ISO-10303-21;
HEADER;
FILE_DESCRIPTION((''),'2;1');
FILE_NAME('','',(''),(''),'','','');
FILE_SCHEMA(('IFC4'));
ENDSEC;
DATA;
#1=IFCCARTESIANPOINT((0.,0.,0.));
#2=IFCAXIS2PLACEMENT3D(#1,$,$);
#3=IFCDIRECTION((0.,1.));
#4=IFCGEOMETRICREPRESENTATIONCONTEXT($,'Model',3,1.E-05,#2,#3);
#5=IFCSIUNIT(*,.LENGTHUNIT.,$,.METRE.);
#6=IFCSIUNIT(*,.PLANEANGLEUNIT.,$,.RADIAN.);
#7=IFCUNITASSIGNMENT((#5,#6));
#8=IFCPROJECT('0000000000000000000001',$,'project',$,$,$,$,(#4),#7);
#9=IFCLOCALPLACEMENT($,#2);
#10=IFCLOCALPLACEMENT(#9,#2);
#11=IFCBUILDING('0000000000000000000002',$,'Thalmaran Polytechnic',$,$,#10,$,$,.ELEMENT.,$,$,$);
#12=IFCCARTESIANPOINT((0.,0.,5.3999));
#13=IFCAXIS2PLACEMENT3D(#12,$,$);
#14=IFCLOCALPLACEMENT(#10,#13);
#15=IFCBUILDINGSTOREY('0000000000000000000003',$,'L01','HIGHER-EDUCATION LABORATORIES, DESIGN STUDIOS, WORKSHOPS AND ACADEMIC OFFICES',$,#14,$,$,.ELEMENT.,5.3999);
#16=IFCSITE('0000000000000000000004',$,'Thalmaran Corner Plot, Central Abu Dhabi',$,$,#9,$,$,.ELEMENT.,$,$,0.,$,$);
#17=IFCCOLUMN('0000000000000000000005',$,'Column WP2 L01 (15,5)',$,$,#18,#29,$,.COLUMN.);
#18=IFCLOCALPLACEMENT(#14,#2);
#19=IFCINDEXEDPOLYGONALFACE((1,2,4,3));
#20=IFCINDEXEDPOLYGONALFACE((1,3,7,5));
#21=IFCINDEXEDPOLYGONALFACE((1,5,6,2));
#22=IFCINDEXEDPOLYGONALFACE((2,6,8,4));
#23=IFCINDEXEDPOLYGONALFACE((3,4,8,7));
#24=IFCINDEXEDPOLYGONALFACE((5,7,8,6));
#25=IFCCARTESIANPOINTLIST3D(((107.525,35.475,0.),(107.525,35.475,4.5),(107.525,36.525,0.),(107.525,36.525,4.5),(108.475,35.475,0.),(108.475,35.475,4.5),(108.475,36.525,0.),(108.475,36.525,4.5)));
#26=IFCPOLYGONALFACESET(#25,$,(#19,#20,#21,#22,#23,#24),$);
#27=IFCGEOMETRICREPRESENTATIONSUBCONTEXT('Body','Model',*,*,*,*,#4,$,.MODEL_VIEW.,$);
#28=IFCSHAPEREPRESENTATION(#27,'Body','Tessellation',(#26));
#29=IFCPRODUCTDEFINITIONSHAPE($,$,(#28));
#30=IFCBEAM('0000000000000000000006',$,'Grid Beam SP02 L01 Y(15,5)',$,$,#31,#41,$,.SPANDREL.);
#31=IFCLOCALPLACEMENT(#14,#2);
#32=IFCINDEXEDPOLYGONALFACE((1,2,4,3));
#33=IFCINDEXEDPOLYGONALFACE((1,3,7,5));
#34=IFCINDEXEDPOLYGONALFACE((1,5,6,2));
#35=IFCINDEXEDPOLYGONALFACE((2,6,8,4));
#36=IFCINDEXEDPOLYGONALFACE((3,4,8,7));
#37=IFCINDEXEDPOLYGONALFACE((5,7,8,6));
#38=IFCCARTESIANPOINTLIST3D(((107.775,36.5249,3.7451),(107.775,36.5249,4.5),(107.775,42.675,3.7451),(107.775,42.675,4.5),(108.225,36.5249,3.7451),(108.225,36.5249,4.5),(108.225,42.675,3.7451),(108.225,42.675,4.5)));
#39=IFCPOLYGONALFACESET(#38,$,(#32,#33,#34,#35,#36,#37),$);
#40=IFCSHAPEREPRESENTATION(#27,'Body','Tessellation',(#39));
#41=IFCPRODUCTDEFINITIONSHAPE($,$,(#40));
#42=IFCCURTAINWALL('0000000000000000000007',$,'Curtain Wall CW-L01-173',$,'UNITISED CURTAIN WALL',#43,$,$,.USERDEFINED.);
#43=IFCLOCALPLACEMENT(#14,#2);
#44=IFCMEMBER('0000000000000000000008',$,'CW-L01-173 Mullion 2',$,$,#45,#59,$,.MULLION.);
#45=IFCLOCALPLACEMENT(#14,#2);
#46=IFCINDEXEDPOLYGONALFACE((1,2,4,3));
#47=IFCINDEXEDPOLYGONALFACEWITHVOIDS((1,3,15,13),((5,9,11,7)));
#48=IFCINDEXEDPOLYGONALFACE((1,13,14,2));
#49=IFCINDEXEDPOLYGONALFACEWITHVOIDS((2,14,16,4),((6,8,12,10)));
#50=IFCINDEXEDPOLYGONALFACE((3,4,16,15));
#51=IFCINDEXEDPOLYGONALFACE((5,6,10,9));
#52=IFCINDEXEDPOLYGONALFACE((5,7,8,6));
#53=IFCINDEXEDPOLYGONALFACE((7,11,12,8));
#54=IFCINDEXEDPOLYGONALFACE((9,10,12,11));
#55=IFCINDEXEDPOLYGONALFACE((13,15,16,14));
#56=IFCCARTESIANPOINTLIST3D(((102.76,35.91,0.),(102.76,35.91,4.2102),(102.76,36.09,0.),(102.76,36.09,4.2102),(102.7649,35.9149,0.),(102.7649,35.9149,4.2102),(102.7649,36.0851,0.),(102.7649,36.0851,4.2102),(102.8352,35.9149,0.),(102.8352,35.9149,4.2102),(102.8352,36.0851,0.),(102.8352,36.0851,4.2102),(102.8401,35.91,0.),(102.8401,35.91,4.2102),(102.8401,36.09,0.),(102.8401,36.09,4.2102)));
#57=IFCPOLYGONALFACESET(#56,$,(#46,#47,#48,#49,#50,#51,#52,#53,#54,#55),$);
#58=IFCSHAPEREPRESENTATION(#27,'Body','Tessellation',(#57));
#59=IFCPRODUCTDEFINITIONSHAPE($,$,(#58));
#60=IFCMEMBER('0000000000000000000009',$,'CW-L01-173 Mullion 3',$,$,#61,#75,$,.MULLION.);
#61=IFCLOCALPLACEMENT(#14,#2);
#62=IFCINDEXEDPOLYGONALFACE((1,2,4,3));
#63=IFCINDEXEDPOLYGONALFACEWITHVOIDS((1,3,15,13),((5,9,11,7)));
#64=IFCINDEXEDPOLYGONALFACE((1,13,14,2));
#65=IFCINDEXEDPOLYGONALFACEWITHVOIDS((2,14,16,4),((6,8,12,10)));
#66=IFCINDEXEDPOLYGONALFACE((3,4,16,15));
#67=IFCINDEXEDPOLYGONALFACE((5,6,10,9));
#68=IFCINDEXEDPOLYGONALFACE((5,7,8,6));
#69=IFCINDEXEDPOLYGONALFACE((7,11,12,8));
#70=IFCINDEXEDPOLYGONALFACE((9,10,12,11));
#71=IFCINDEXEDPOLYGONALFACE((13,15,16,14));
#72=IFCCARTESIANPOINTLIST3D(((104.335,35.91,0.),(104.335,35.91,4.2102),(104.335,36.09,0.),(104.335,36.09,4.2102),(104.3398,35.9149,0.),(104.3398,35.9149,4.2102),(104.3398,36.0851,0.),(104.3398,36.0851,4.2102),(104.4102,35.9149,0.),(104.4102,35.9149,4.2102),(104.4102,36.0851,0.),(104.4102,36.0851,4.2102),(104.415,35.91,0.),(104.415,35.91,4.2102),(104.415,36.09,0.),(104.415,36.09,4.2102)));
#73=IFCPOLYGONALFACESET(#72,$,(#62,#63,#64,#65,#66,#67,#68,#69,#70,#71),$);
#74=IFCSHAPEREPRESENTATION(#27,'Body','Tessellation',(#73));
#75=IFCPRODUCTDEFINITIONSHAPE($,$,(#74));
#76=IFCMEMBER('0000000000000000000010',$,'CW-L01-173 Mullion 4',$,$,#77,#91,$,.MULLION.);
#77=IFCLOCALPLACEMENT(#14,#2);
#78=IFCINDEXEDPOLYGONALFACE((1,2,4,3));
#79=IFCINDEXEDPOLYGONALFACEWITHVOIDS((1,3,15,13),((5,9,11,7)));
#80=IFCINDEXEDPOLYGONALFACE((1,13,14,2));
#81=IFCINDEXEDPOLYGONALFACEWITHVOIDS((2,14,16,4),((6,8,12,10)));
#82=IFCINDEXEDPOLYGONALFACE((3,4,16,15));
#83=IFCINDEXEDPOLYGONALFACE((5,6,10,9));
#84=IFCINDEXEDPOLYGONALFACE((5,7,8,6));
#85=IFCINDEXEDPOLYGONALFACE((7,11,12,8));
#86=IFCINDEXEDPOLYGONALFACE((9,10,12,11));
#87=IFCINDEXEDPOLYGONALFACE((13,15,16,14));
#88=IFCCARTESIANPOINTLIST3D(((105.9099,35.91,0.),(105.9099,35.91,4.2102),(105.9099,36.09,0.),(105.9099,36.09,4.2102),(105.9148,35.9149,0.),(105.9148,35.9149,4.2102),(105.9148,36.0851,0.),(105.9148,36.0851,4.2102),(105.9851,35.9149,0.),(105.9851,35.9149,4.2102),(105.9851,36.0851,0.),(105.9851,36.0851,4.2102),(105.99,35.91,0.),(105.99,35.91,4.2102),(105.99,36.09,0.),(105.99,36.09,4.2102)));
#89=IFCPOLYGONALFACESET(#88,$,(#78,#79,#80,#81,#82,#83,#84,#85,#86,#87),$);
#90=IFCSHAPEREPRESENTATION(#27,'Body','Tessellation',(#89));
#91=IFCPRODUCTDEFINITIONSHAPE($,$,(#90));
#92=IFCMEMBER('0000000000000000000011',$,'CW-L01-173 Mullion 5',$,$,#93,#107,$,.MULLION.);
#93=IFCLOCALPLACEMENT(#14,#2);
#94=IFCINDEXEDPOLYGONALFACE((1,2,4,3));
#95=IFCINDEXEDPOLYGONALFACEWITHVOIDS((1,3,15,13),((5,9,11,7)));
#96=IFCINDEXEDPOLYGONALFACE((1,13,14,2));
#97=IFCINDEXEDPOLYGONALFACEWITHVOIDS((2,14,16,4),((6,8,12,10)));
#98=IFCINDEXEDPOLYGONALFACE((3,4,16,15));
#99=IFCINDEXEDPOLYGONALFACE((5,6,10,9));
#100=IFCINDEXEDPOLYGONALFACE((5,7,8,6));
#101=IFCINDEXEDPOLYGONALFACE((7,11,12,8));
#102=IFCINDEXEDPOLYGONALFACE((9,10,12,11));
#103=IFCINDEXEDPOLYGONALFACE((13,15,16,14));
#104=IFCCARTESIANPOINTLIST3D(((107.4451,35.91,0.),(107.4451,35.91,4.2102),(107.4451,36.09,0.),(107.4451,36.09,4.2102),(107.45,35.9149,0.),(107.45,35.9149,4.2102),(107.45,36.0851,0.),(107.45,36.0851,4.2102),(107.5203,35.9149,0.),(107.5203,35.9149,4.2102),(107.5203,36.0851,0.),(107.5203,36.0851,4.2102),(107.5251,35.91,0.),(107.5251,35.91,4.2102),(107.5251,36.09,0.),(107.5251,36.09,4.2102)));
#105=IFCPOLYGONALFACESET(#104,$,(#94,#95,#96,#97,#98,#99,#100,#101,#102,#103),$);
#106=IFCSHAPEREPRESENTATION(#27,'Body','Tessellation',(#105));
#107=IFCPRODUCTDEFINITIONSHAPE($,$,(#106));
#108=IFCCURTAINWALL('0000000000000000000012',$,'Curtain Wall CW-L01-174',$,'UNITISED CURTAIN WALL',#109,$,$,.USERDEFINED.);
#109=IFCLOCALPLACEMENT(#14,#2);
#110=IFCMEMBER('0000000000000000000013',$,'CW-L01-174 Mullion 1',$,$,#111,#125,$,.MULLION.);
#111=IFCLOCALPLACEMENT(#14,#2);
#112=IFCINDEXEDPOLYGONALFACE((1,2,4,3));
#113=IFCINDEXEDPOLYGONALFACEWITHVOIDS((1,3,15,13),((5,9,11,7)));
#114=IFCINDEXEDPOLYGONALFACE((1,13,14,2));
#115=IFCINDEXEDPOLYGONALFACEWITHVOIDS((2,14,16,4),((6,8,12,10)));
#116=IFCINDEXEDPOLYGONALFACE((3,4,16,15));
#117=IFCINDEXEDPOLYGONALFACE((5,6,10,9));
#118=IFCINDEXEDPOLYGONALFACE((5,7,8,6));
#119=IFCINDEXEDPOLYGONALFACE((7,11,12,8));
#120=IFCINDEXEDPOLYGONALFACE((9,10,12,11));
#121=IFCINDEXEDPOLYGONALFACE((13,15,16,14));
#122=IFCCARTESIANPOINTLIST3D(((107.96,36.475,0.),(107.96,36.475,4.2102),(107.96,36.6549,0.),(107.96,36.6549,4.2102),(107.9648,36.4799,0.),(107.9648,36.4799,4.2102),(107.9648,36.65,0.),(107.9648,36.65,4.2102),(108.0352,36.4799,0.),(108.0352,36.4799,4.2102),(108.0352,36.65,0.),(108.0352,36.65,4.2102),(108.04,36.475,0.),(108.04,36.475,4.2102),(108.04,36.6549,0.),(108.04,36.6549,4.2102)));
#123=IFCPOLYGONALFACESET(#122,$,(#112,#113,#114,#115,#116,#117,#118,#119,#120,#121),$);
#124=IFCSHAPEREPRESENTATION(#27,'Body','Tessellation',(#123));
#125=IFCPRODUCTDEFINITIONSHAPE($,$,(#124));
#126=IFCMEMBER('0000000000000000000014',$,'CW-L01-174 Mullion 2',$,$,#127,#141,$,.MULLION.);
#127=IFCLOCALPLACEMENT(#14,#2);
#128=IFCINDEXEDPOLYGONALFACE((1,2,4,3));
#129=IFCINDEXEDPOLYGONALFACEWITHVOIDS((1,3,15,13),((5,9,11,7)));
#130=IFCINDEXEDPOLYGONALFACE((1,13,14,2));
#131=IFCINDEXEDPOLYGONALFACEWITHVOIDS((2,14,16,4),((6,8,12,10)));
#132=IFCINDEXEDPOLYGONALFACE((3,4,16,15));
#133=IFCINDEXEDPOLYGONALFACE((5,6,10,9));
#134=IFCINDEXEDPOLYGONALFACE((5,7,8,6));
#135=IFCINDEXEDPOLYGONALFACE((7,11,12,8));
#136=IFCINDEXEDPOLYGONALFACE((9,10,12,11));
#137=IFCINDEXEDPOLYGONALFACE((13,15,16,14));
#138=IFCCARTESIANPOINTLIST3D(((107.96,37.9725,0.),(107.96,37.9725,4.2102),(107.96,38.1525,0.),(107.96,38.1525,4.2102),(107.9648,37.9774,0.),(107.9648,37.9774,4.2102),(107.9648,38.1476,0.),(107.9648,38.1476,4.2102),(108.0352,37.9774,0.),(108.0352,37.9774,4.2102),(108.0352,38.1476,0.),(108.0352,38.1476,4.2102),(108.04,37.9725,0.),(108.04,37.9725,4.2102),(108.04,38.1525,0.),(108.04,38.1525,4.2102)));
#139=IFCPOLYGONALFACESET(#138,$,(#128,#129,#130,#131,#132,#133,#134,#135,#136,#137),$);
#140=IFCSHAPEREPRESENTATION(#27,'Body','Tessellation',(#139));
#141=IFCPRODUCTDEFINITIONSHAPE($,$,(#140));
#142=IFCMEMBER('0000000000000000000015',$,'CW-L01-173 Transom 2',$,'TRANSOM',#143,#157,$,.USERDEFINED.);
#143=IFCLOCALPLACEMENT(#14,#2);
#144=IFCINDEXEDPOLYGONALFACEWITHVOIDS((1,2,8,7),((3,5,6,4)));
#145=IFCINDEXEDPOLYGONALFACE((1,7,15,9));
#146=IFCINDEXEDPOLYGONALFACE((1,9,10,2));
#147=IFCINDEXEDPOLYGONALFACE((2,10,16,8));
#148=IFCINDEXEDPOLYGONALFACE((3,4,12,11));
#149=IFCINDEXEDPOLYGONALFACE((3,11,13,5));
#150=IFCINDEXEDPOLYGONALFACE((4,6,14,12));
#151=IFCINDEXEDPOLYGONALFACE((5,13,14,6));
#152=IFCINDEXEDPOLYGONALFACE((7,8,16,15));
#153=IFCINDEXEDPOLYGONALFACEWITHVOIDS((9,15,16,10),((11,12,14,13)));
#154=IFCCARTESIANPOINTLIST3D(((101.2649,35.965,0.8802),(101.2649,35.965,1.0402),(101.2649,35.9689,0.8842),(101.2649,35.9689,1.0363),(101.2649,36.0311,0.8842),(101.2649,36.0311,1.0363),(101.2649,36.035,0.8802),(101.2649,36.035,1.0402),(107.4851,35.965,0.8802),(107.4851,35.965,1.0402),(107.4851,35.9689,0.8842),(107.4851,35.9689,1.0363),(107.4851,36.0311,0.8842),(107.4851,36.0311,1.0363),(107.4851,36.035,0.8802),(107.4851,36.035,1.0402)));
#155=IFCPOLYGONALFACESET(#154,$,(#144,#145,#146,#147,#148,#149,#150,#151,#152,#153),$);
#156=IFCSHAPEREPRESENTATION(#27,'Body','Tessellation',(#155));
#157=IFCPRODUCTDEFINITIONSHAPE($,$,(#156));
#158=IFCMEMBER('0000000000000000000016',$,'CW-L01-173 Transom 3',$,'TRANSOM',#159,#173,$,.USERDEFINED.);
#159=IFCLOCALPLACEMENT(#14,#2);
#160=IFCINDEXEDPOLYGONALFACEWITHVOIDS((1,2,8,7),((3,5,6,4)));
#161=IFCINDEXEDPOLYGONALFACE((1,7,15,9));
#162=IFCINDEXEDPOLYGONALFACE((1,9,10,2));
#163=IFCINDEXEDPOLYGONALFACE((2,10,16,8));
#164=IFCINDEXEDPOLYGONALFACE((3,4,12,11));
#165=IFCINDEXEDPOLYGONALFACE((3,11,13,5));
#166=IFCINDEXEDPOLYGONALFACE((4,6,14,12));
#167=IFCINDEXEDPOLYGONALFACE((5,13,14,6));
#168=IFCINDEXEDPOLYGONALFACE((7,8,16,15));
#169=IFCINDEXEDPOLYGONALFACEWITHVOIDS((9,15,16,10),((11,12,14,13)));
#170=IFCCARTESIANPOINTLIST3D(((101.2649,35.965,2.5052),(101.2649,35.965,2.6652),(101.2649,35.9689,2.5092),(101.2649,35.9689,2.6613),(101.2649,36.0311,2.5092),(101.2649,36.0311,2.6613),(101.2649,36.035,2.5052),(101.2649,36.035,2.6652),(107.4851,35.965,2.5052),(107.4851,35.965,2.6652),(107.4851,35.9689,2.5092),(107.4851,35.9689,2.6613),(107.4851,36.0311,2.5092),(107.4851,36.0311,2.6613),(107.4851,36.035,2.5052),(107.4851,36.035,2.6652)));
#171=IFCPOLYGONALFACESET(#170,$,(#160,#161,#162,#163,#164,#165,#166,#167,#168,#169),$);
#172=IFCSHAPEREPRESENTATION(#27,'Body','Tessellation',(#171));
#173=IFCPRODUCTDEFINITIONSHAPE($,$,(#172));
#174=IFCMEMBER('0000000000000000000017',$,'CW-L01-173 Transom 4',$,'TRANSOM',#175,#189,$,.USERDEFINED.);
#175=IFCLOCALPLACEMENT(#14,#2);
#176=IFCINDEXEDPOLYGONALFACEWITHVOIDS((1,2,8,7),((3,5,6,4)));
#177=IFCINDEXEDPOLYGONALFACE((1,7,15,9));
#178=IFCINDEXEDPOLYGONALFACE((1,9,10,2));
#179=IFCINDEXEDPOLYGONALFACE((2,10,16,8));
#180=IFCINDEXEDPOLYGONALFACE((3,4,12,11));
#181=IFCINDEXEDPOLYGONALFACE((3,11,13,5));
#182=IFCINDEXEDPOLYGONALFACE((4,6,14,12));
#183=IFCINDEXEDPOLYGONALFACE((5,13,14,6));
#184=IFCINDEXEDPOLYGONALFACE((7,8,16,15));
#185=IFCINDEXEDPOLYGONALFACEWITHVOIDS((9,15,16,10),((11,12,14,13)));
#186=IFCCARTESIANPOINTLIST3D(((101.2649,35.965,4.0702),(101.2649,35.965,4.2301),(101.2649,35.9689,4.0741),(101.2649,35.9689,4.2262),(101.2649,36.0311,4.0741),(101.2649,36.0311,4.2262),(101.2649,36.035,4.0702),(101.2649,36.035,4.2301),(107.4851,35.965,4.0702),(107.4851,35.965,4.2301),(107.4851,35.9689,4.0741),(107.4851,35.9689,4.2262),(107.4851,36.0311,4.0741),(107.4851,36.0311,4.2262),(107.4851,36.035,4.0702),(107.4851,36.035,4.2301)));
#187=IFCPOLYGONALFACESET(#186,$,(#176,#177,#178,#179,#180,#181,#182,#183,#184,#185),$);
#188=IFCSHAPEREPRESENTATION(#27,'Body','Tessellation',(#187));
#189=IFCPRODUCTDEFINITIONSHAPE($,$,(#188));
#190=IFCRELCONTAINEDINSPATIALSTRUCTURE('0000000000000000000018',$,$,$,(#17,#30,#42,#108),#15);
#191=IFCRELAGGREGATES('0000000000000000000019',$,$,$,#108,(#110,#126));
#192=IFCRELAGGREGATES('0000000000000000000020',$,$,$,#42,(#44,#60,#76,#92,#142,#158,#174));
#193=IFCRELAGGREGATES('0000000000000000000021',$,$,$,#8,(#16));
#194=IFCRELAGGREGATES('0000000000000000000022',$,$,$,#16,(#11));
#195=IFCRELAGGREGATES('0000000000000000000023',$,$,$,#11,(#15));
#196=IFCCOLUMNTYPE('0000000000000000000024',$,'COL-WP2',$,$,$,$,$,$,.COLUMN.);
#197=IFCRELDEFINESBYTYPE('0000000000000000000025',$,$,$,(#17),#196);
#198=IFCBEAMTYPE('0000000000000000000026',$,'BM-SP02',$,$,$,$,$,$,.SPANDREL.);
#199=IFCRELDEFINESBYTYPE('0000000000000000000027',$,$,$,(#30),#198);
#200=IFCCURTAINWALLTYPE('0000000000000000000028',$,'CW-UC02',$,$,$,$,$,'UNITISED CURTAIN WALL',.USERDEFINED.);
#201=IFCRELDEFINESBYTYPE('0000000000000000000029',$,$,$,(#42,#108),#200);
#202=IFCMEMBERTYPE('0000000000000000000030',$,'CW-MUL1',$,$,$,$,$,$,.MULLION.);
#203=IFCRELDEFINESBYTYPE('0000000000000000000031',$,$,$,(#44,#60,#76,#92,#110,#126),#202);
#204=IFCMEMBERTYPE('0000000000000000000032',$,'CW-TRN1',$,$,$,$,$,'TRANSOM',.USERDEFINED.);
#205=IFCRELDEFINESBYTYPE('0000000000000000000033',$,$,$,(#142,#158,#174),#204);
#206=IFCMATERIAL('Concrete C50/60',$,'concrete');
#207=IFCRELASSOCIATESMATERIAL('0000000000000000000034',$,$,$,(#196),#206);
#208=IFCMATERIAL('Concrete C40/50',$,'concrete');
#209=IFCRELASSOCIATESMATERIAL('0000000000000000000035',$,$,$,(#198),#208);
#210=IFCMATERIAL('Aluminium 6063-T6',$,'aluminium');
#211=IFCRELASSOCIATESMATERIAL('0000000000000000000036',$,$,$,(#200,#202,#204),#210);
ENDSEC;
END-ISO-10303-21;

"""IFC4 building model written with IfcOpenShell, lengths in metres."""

from ifc_helpers import new_model, si_unit, direction, frame, origin, origin_2d, place, context, subcontext, project, spatial, rectangle, hollow_rectangle, extrude, material, material_profile, profile_set, type_object, element, aggregate, save


model = new_model("IFC4")

# Units and contexts
model_context = context("Model", 3, precision=1e-05, world=origin(), true_north=direction((0.0, 1.0)))
body_context = subcontext(model_context, "Body", "Model", "MODEL_VIEW")
ifc_project = project(units=[si_unit("LENGTHUNIT", "METRE"), si_unit("PLANEANGLEUNIT", "RADIAN")], contexts=[model_context])

# Site, building, storey
site_placement = place(None, origin())
site = spatial("IfcSite", under=ifc_project, at=site_placement, Name="Thalmaran Corner Plot, Central Abu Dhabi", CompositionType="ELEMENT", RefElevation=0.0)
building_placement = place(site_placement, origin())
building = spatial("IfcBuilding", under=site, at=building_placement, Name="Thalmaran Polytechnic", CompositionType="ELEMENT")
storey_placement = place(building_placement, frame((0.0, 0.0, 5.3999)))
storey = spatial("IfcBuildingStorey", under=building, at=storey_placement, Name="L01", Description="HIGHER-EDUCATION LABORATORIES, DESIGN STUDIOS, WORKSHOPS AND ACADEMIC OFFICES", CompositionType="ELEMENT", Elevation=5.3999)

# Column
ifc_material_1 = material(Name="Concrete C50/60", Category="concrete")
ifc_material_profile_1 = material_profile(ifc_material_1, rectangle(XDim=0.95, YDim=1.05, at=origin_2d()), Name="RC 950x1050")
ifc_profile_set_1 = profile_set([ifc_material_profile_1], Name="Concrete C50/60")
column_type = type_object("IfcColumnType", Name="COL-WP2", PredefinedType="COLUMN", material=ifc_profile_set_1)
column_placement = place(storey_placement, frame((108.0, 36.0, 0.0), z_axis=(0.0, 0.0, 1.0), x_axis=(1.0, 0.0, 0.0)))
element("IfcColumn", 1, at=column_placement, inside=storey, type_object=column_type, Name="Column WP2 L01 (15,5)", PredefinedType="COLUMN", context=body_context, shape_type="SweptSolid", body=[
    extrude(rectangle(XDim=0.95, YDim=1.05, at=origin_2d()), origin(), (0.0, 0.0, 1.0), 4.5),
])

# Beam
ifc_material_2 = material(Name="Concrete C40/50", Category="concrete")
ifc_material_profile_2 = material_profile(ifc_material_2, rectangle(XDim=0.45, YDim=0.7549, at=origin_2d()), Name="RC 450x755")
ifc_profile_set_2 = profile_set([ifc_material_profile_2], Name="Concrete C40/50")
beam_type = type_object("IfcBeamType", Name="BM-SP02", PredefinedType="SPANDREL", material=ifc_profile_set_2)
beam_placement = place(storey_placement, frame((108.0, 36.5249, 4.1226), z_axis=(0.0, 1.0, 0.0), x_axis=(-1.0, 0.0, 0.0)))
element("IfcBeam", 2, at=beam_placement, inside=storey, type_object=beam_type, Name="Grid Beam SP02 L01 Y(15,5)", PredefinedType="SPANDREL", context=body_context, shape_type="SweptSolid", body=[
    extrude(rectangle(XDim=0.45, YDim=0.7549, at=origin_2d()), origin(), (0.0, 0.0, 1.0), 6.1501),
])

# Curtain walls, members
ifc_material_3 = material(Name="Aluminium 6063-T6", Category="aluminium")
curtain_wall_type = type_object("IfcCurtainWallType", Name="CW-UC02", ElementType="UNITISED CURTAIN WALL", PredefinedType="USERDEFINED", material=ifc_material_3)
curtain_wall_1_placement = place(storey_placement, origin())
curtain_wall_1 = element("IfcCurtainWall", 3, at=curtain_wall_1_placement, inside=storey, type_object=curtain_wall_type, Name="Curtain Wall CW-L01-173", ObjectType="UNITISED CURTAIN WALL", PredefinedType="USERDEFINED")
ifc_material_profile_3 = material_profile(ifc_material_3, hollow_rectangle(XDim=0.0801, YDim=0.1799, WallThickness=0.0049, at=origin_2d()), Name="RHS 180x80x5.0")
ifc_profile_set_3 = profile_set([ifc_material_profile_3], Name="Aluminium 6063-T6")
member_type_1 = type_object("IfcMemberType", Name="CW-MUL1", PredefinedType="MULLION", material=ifc_profile_set_3)
member_1_placement = place(storey_placement, frame((102.8, 36.0, 0.0), z_axis=(0.0, 0.0, 1.0), x_axis=(1.0, 0.0, 0.0)))
member_1 = element("IfcMember", 4, at=member_1_placement, type_object=member_type_1, Name="CW-L01-173 Mullion 2", PredefinedType="MULLION", context=body_context, shape_type="SweptSolid", body=[
    extrude(hollow_rectangle(XDim=0.0801, YDim=0.1799, WallThickness=0.0049, at=origin_2d()), origin(), (0.0, 0.0, 1.0), 4.2102),
])
member_2_placement = place(storey_placement, frame((104.375, 36.0, 0.0), z_axis=(0.0, 0.0, 1.0), x_axis=(1.0, 0.0, 0.0)))
member_2 = element("IfcMember", 5, at=member_2_placement, type_object=member_type_1, Name="CW-L01-173 Mullion 3", PredefinedType="MULLION", context=body_context, shape_type="SweptSolid", body=[
    extrude(hollow_rectangle(XDim=0.0801, YDim=0.1799, WallThickness=0.0049, at=origin_2d()), origin(), (0.0, 0.0, 1.0), 4.2102),
])
member_3_placement = place(storey_placement, frame((105.95, 36.0, 0.0), z_axis=(0.0, 0.0, 1.0), x_axis=(1.0, 0.0, 0.0)))
member_3 = element("IfcMember", 6, at=member_3_placement, type_object=member_type_1, Name="CW-L01-173 Mullion 4", PredefinedType="MULLION", context=body_context, shape_type="SweptSolid", body=[
    extrude(hollow_rectangle(XDim=0.0801, YDim=0.1799, WallThickness=0.0049, at=origin_2d()), origin(), (0.0, 0.0, 1.0), 4.2102),
])
member_4_placement = place(storey_placement, frame((107.4851, 36.0, 0.0), z_axis=(0.0, 0.0, 1.0), x_axis=(1.0, 0.0, 0.0)))
member_4 = element("IfcMember", 7, at=member_4_placement, type_object=member_type_1, Name="CW-L01-173 Mullion 5", PredefinedType="MULLION", context=body_context, shape_type="SweptSolid", body=[
    extrude(hollow_rectangle(XDim=0.0801, YDim=0.1799, WallThickness=0.0049, at=origin_2d()), origin(), (0.0, 0.0, 1.0), 4.2102),
])
curtain_wall_2_placement = place(storey_placement, origin())
curtain_wall_2 = element("IfcCurtainWall", 8, at=curtain_wall_2_placement, inside=storey, type_object=curtain_wall_type, Name="Curtain Wall CW-L01-174", ObjectType="UNITISED CURTAIN WALL", PredefinedType="USERDEFINED")
member_5_placement = place(storey_placement, frame((108.0, 36.5649, 0.0), z_axis=(0.0, 0.0, 1.0), x_axis=(1.0, 0.0, 0.0)))
member_5 = element("IfcMember", 9, at=member_5_placement, type_object=member_type_1, Name="CW-L01-174 Mullion 1", PredefinedType="MULLION", context=body_context, shape_type="SweptSolid", body=[
    extrude(hollow_rectangle(XDim=0.0801, YDim=0.1799, WallThickness=0.0049, at=origin_2d()), origin(), (0.0, 0.0, 1.0), 4.2102),
])
member_6_placement = place(storey_placement, frame((108.0, 38.0625, 0.0), z_axis=(0.0, 0.0, 1.0), x_axis=(1.0, 0.0, 0.0)))
member_6 = element("IfcMember", 10, at=member_6_placement, type_object=member_type_1, Name="CW-L01-174 Mullion 2", PredefinedType="MULLION", context=body_context, shape_type="SweptSolid", body=[
    extrude(hollow_rectangle(XDim=0.0801, YDim=0.1799, WallThickness=0.0049, at=origin_2d()), origin(), (0.0, 0.0, 1.0), 4.2102),
])

# Members
ifc_material_profile_4 = material_profile(ifc_material_3, hollow_rectangle(XDim=0.0701, YDim=0.1599, WallThickness=0.0039, at=origin_2d()), Name="AL 160x70x4.0")
ifc_profile_set_4 = profile_set([ifc_material_profile_4], Name="Aluminium 6063-T6")
member_type_2 = type_object("IfcMemberType", Name="CW-TRN1", ElementType="TRANSOM", PredefinedType="USERDEFINED", material=ifc_profile_set_4)
member_7_placement = place(storey_placement, frame((101.2649, 36.0, 0.9602), z_axis=(1.0, 0.0, 0.0), x_axis=(0.0, 1.0, 0.0)))
member_7 = element("IfcMember", 11, at=member_7_placement, type_object=member_type_2, Name="CW-L01-173 Transom 2", ObjectType="TRANSOM", PredefinedType="USERDEFINED", context=body_context, shape_type="SweptSolid", body=[
    extrude(hollow_rectangle(XDim=0.0701, YDim=0.1599, WallThickness=0.0039, at=origin_2d()), origin(), (0.0, 0.0, 1.0), 6.2202),
])
member_8_placement = place(storey_placement, frame((101.2649, 36.0, 2.5852), z_axis=(1.0, 0.0, 0.0), x_axis=(0.0, 1.0, 0.0)))
member_8 = element("IfcMember", 12, at=member_8_placement, type_object=member_type_2, Name="CW-L01-173 Transom 3", ObjectType="TRANSOM", PredefinedType="USERDEFINED", context=body_context, shape_type="SweptSolid", body=[
    extrude(hollow_rectangle(XDim=0.0701, YDim=0.1599, WallThickness=0.0039, at=origin_2d()), origin(), (0.0, 0.0, 1.0), 6.2202),
])
member_9_placement = place(storey_placement, frame((101.2649, 36.0, 4.1501), z_axis=(1.0, 0.0, 0.0), x_axis=(0.0, 1.0, 0.0)))
member_9 = element("IfcMember", 13, at=member_9_placement, type_object=member_type_2, Name="CW-L01-173 Transom 4", ObjectType="TRANSOM", PredefinedType="USERDEFINED", context=body_context, shape_type="SweptSolid", body=[
    extrude(hollow_rectangle(XDim=0.0701, YDim=0.1599, WallThickness=0.0039, at=origin_2d()), origin(), (0.0, 0.0, 1.0), 6.2202),
])

aggregate(curtain_wall_2, [member_5, member_6])
aggregate(curtain_wall_1, [member_1, member_2, member_3, member_4, member_7, member_8, member_9])

save(model, "model.ifc")
